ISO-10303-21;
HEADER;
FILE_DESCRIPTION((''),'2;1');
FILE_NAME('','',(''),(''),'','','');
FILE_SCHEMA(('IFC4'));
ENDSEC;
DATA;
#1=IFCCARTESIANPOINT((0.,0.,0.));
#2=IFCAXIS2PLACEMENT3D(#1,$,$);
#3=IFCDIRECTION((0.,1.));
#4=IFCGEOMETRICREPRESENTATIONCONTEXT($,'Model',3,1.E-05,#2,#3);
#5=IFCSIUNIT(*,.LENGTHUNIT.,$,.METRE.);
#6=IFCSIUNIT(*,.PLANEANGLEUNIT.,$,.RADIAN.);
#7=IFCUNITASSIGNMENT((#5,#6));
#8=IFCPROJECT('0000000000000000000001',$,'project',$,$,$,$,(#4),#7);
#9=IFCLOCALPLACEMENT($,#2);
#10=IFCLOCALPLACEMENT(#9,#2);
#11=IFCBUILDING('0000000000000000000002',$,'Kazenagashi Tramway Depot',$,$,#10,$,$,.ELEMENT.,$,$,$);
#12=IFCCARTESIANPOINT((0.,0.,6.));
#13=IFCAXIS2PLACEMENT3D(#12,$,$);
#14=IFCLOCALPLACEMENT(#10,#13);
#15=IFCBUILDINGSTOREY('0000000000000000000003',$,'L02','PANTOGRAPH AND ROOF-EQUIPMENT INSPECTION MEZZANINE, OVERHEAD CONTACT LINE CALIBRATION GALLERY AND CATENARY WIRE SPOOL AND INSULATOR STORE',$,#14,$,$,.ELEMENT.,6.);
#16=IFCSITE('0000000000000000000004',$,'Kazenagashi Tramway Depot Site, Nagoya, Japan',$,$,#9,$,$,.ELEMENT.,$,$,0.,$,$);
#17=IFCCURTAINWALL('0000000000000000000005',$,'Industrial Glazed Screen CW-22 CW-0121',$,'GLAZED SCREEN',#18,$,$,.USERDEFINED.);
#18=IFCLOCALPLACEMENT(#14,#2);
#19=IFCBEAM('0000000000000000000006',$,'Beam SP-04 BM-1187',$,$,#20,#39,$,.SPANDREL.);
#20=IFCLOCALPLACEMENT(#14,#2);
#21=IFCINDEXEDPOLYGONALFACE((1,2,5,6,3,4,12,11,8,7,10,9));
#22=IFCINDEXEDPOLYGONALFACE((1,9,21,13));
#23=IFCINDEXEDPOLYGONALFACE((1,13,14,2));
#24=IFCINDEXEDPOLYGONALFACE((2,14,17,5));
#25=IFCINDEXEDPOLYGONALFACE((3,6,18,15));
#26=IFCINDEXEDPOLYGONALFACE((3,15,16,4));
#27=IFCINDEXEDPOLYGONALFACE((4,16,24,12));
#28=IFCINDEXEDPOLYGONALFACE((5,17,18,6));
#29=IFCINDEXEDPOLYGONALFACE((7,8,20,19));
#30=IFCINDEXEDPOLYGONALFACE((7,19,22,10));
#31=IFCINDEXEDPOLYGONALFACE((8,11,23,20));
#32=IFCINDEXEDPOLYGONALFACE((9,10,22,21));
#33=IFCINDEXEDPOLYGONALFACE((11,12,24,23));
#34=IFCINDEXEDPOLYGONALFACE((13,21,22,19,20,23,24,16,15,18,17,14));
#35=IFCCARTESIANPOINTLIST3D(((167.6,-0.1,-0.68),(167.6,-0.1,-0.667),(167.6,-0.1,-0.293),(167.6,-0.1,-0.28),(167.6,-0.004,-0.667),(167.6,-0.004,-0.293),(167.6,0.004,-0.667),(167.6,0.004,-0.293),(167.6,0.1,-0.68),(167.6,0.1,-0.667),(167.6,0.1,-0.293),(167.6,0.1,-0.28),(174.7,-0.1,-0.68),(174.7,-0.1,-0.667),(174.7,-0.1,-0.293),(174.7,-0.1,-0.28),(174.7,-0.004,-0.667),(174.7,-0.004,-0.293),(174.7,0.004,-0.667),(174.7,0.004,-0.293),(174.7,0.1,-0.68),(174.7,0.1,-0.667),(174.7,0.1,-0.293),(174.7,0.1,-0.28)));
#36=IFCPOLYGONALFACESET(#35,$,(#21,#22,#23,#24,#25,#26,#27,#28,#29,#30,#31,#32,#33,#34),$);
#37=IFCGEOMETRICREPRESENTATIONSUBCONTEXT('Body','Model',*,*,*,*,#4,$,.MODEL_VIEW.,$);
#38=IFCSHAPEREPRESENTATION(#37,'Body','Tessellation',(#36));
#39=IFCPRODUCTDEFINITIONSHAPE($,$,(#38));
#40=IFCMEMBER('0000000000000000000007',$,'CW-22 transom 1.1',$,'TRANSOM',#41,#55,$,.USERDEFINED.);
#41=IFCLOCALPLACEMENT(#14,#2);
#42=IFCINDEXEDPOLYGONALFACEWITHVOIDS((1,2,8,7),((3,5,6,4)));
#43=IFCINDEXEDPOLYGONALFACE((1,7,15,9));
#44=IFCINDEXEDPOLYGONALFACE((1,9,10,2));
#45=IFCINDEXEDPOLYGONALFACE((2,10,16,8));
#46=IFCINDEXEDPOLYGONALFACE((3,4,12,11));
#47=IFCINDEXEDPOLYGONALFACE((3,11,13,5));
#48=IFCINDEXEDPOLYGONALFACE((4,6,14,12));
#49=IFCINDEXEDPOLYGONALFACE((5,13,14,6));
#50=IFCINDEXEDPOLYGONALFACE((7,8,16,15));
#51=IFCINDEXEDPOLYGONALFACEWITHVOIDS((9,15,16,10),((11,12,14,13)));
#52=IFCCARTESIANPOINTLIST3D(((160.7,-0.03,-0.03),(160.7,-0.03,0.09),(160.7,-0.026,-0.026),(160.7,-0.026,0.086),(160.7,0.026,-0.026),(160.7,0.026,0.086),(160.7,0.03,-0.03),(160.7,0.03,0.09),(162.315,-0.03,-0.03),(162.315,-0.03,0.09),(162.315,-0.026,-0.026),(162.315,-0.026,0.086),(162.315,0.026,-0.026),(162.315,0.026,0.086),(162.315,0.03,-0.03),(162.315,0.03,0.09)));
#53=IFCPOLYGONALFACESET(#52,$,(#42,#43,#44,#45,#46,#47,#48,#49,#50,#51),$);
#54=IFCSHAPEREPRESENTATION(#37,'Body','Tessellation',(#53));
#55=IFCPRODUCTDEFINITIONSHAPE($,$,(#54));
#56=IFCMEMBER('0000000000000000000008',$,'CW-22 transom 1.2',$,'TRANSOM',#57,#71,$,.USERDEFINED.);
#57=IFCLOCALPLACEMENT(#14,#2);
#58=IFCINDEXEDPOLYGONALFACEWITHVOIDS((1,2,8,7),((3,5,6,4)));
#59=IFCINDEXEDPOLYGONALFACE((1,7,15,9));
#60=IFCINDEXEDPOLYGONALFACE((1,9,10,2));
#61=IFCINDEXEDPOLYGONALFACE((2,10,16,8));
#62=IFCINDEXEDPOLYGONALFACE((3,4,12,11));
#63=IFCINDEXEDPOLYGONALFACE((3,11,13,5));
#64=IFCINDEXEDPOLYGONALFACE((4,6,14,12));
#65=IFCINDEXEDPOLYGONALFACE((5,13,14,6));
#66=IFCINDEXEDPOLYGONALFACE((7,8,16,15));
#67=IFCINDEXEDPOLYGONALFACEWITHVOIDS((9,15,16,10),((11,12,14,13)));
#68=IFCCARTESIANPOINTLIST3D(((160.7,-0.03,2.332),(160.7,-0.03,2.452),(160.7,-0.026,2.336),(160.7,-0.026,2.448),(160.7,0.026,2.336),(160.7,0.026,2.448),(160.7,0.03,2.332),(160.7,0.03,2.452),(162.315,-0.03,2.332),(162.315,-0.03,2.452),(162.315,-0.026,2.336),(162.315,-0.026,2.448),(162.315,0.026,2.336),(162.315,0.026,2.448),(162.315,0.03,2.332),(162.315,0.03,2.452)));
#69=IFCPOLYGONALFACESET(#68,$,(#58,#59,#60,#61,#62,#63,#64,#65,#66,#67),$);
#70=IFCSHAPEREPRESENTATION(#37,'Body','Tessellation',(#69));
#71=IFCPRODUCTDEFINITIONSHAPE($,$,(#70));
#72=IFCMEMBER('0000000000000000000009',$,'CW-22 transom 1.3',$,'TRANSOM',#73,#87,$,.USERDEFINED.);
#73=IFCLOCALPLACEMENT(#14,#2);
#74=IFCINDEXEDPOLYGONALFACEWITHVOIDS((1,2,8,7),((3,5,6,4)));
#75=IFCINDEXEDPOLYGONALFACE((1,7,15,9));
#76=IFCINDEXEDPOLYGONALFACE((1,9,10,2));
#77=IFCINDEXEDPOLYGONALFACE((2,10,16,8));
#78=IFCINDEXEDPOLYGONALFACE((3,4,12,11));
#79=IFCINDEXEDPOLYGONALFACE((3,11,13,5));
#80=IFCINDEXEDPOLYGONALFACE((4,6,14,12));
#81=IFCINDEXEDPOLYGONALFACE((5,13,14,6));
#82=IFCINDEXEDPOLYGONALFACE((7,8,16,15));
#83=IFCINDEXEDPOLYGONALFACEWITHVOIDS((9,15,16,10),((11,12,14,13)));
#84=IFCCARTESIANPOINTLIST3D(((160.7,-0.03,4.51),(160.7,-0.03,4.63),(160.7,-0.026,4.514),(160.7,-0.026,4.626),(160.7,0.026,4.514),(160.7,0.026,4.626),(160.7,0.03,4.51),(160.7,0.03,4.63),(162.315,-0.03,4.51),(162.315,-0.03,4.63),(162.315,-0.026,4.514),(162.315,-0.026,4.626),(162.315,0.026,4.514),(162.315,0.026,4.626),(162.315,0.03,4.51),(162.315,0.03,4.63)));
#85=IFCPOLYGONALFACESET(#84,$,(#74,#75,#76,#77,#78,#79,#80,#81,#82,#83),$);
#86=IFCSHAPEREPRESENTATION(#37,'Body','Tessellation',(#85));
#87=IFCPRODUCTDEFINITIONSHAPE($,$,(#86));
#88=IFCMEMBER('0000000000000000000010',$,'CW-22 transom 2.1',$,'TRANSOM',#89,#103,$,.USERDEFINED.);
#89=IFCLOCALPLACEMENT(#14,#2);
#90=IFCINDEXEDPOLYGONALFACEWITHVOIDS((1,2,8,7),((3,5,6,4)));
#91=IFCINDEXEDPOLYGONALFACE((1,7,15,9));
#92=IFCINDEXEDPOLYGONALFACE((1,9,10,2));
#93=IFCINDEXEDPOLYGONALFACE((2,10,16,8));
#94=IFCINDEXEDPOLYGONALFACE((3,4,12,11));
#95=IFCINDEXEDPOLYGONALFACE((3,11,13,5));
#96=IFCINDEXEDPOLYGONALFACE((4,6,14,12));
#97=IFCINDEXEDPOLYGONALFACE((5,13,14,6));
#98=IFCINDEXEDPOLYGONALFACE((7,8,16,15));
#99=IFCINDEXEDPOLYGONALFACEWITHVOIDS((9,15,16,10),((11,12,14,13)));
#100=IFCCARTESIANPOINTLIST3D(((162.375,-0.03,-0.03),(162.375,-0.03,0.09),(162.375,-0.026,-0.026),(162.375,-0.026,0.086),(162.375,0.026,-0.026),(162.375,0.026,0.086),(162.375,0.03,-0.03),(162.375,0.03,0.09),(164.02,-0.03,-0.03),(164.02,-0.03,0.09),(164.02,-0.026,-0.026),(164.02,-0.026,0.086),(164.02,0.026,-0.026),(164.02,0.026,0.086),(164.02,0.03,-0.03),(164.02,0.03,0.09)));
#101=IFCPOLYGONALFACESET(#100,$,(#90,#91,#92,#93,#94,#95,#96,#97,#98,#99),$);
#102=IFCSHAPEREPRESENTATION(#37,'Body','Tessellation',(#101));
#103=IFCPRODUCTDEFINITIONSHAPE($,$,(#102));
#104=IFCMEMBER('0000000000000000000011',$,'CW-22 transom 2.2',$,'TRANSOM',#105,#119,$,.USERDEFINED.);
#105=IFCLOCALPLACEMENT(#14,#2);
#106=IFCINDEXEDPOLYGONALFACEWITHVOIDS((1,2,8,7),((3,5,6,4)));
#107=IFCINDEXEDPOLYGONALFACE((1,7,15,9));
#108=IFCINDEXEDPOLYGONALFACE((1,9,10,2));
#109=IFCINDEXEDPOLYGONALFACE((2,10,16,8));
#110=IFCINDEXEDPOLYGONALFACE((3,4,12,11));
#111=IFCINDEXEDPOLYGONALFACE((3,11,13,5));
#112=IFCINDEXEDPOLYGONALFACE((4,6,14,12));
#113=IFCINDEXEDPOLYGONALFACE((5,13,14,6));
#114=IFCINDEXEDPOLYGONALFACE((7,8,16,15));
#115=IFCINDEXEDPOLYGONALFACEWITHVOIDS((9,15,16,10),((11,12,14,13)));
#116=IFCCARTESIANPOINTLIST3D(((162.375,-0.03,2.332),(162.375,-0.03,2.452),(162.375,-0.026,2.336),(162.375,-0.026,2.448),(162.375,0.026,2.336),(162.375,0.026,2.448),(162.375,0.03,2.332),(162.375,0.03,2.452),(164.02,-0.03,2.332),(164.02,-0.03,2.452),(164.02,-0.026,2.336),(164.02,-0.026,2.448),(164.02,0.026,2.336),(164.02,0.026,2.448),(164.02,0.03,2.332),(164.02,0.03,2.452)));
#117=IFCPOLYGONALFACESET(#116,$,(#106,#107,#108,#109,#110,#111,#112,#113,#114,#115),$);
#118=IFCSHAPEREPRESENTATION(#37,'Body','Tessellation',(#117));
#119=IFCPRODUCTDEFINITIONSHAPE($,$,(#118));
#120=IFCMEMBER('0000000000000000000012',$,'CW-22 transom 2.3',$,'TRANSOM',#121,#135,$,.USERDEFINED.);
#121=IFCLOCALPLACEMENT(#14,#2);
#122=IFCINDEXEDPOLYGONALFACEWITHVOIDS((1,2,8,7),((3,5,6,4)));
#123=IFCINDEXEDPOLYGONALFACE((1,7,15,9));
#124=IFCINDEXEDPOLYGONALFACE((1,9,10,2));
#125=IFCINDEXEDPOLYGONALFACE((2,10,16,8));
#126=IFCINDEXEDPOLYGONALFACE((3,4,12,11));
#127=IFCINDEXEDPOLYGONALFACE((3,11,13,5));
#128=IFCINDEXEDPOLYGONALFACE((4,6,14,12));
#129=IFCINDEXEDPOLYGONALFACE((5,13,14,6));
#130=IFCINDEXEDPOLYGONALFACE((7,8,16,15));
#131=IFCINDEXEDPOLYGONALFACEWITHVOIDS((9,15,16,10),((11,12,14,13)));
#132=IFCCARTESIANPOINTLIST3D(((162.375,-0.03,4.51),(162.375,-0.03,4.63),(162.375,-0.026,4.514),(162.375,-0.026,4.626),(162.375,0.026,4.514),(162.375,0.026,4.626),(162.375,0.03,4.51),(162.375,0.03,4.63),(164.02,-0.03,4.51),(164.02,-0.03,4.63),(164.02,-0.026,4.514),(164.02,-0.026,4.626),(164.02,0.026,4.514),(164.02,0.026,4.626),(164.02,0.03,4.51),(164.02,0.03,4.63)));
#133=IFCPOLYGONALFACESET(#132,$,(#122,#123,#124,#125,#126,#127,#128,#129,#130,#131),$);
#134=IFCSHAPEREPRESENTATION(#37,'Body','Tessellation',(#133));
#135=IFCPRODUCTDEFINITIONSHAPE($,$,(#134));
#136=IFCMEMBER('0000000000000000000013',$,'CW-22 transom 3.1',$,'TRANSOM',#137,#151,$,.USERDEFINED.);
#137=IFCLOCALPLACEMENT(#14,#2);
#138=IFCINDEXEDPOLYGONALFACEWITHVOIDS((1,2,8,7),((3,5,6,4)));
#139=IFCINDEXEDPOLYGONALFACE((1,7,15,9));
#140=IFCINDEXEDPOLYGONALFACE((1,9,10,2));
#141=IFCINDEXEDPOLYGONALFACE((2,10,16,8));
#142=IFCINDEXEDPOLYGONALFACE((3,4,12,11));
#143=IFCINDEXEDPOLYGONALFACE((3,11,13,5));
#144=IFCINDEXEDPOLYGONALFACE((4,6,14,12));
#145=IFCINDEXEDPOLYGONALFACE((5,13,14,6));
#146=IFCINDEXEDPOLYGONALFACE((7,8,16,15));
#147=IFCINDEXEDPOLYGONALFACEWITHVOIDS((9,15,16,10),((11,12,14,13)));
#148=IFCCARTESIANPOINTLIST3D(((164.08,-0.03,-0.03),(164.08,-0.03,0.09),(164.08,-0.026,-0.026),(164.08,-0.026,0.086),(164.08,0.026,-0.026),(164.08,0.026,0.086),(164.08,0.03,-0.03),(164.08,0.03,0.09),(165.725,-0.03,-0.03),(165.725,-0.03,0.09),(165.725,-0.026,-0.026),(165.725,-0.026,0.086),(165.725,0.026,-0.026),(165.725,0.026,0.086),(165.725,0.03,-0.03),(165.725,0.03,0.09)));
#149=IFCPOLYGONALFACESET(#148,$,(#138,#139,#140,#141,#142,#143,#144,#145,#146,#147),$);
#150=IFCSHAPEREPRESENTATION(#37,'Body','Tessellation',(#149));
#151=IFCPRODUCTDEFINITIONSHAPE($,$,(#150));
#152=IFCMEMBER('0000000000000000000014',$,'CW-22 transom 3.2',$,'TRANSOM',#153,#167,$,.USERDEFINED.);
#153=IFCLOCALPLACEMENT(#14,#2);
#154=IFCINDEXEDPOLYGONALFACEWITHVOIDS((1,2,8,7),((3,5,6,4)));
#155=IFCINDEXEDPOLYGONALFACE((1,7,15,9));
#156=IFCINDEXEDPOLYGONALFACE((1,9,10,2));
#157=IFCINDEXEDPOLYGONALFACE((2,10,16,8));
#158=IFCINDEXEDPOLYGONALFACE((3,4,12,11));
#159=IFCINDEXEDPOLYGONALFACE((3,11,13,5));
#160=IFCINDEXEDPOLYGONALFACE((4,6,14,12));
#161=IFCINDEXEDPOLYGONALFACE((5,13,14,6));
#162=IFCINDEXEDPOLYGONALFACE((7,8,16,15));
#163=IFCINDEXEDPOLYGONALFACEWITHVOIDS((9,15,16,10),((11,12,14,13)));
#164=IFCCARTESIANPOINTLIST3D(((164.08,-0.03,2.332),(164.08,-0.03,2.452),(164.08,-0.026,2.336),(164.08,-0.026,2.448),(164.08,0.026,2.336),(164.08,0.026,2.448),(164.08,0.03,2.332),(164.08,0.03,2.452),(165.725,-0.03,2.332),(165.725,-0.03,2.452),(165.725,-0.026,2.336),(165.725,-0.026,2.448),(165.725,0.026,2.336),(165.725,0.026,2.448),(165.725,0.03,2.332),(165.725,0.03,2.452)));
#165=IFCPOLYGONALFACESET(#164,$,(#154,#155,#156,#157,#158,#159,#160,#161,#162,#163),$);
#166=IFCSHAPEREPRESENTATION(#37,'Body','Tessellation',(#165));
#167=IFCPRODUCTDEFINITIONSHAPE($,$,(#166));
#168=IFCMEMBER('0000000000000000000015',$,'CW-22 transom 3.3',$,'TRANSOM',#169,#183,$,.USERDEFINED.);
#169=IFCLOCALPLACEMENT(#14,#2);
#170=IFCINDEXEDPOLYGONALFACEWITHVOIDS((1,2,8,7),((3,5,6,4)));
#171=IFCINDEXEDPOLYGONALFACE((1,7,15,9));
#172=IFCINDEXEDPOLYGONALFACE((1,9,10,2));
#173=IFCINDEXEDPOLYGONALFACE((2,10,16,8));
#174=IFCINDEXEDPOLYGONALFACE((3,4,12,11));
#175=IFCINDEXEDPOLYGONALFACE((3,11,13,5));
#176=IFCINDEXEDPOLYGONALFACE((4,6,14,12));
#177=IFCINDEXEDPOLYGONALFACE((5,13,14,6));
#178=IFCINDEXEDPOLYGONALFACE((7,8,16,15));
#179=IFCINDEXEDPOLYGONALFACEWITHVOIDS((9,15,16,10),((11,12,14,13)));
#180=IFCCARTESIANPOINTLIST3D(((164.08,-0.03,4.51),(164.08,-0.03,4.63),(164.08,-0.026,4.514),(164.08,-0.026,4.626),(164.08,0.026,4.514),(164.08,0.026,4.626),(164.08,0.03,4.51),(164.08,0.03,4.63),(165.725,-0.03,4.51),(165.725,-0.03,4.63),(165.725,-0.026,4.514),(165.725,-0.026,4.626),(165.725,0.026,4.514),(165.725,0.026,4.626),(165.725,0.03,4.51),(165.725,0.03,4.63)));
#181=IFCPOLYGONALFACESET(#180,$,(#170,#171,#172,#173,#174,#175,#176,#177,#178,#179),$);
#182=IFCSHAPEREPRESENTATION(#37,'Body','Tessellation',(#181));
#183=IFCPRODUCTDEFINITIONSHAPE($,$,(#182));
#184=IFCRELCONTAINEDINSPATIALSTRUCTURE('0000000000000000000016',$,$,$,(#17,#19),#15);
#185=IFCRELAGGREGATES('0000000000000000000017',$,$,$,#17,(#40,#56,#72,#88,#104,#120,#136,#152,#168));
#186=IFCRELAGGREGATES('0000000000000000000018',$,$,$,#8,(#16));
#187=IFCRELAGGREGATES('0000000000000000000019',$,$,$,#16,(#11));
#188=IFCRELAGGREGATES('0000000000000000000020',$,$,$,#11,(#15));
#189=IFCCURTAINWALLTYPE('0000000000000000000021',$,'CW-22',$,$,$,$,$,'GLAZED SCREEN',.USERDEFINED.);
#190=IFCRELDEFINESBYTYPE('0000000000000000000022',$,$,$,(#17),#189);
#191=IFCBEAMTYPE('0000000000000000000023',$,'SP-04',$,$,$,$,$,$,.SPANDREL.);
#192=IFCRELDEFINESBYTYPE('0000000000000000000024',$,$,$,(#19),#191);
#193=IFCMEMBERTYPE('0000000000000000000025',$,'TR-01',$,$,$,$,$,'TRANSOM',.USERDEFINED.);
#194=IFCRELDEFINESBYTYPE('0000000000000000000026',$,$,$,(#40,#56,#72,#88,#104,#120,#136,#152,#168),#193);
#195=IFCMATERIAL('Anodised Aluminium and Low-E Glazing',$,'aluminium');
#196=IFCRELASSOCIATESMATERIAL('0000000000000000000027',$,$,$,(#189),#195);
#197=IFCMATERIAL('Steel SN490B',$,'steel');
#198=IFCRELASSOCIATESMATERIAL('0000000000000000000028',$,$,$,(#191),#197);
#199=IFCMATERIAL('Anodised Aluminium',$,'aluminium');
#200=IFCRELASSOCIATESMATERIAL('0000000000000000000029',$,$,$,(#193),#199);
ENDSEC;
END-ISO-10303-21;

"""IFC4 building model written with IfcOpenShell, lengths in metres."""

from ifc_helpers import new_model, si_unit, direction, frame, origin, origin_2d, place, context, subcontext, project, spatial, hollow_rectangle, i_section, extrude, material, material_profile, profile_set, type_object, element, aggregate, save


model = new_model("IFC4")

# Units and contexts
model_context = context("Model", 3, precision=1e-05, world=origin(), true_north=direction((0.0, 1.0)))
body_context = subcontext(model_context, "Body", "Model", "MODEL_VIEW")
ifc_project = project(units=[si_unit("LENGTHUNIT", "METRE"), si_unit("PLANEANGLEUNIT", "RADIAN")], contexts=[model_context])

# Site, building, storey
site_placement = place(None, origin())
site = spatial("IfcSite", under=ifc_project, at=site_placement, Name="Kazenagashi Tramway Depot Site, Nagoya, Japan", CompositionType="ELEMENT", RefElevation=0.0)
building_placement = place(site_placement, origin())
building = spatial("IfcBuilding", under=site, at=building_placement, Name="Kazenagashi Tramway Depot", CompositionType="ELEMENT")
storey_placement = place(building_placement, frame((0.0, 0.0, 6.0)))
storey = spatial("IfcBuildingStorey", under=building, at=storey_placement, Name="L02", Description="PANTOGRAPH AND ROOF-EQUIPMENT INSPECTION MEZZANINE, OVERHEAD CONTACT LINE CALIBRATION GALLERY AND CATENARY WIRE SPOOL AND INSULATOR STORE", CompositionType="ELEMENT", Elevation=6.0)

# Shared definitions
ifc_material_1 = material(Name="Steel SN490B", Category="steel")

# Curtain wall
ifc_material_2 = material(Name="Anodised Aluminium and Low-E Glazing", Category="aluminium")
curtain_wall_type = type_object("IfcCurtainWallType", Name="CW-22", ElementType="GLAZED SCREEN", PredefinedType="USERDEFINED", material=ifc_material_2)
curtain_wall_1_placement = place(storey_placement, origin())
curtain_wall_1 = element("IfcCurtainWall", 1, at=curtain_wall_1_placement, inside=storey, type_object=curtain_wall_type, Name="Industrial Glazed Screen CW-22 CW-0121", ObjectType="GLAZED SCREEN", PredefinedType="USERDEFINED")
ifc_material_3 = material(Name="Anodised Aluminium", Category="aluminium")

# Beam
ifc_material_profile_1 = material_profile(ifc_material_1, i_section(OverallWidth=0.2, OverallDepth=0.4, WebThickness=0.008, FlangeThickness=0.013, at=origin_2d()), Name="H-400x200x8x13")
ifc_profile_set_1 = profile_set([ifc_material_profile_1], Name="Steel SN490B")
beam_type_1 = type_object("IfcBeamType", Name="SP-04", PredefinedType="SPANDREL", material=ifc_profile_set_1)
for number, where, z_axis, x_axis, name in (
    (2, (167.6, 0.0, -0.48), (1.0, 0.0, 0.0), (0.0, 1.0, 0.0), "Beam SP-04 BM-1187"),
):
    element("IfcBeam", number, at=place(storey_placement, frame(where, z_axis=z_axis, x_axis=x_axis)), inside=storey, type_object=beam_type_1, Name=name, PredefinedType="SPANDREL", context=body_context, shape_type="SweptSolid", body=[
        extrude(i_section(OverallWidth=0.2, OverallDepth=0.4, WebThickness=0.008, FlangeThickness=0.013, at=origin_2d()), origin(), (0.0, 0.0, 1.0), 7.1),
    ])

# Members
ifc_material_profile_2 = material_profile(ifc_material_3, hollow_rectangle(XDim=0.06, YDim=0.12, WallThickness=0.004, at=origin_2d()), Name="RHS-120x60x4")
ifc_profile_set_2 = profile_set([ifc_material_profile_2], Name="Anodised Aluminium")
member_type_1 = type_object("IfcMemberType", Name="TR-01", ElementType="TRANSOM", PredefinedType="USERDEFINED", material=ifc_profile_set_2)
member_1_placement = place(storey_placement, frame((160.7, 0.0, 0.03), z_axis=(1.0, 0.0, 0.0), x_axis=(0.0, 1.0, 0.0)))
member_1 = element("IfcMember", 3, at=member_1_placement, type_object=member_type_1, Name="CW-22 transom 1.1", ObjectType="TRANSOM", PredefinedType="USERDEFINED", context=body_context, shape_type="SweptSolid", body=[
    extrude(hollow_rectangle(XDim=0.06, YDim=0.12, WallThickness=0.004, at=origin_2d()), origin(), (0.0, 0.0, 1.0), 1.615),
])
member_2_placement = place(storey_placement, frame((160.7, 0.0, 2.392), z_axis=(1.0, 0.0, 0.0), x_axis=(0.0, 1.0, 0.0)))
member_2 = element("IfcMember", 4, at=member_2_placement, type_object=member_type_1, Name="CW-22 transom 1.2", ObjectType="TRANSOM", PredefinedType="USERDEFINED", context=body_context, shape_type="SweptSolid", body=[
    extrude(hollow_rectangle(XDim=0.06, YDim=0.12, WallThickness=0.004, at=origin_2d()), origin(), (0.0, 0.0, 1.0), 1.615),
])
member_3_placement = place(storey_placement, frame((160.7, 0.0, 4.57), z_axis=(1.0, 0.0, 0.0), x_axis=(0.0, 1.0, 0.0)))
member_3 = element("IfcMember", 5, at=member_3_placement, type_object=member_type_1, Name="CW-22 transom 1.3", ObjectType="TRANSOM", PredefinedType="USERDEFINED", context=body_context, shape_type="SweptSolid", body=[
    extrude(hollow_rectangle(XDim=0.06, YDim=0.12, WallThickness=0.004, at=origin_2d()), origin(), (0.0, 0.0, 1.0), 1.615),
])
member_4_placement = place(storey_placement, frame((162.375, 0.0, 0.03), z_axis=(1.0, 0.0, 0.0), x_axis=(0.0, 1.0, 0.0)))
member_4 = element("IfcMember", 6, at=member_4_placement, type_object=member_type_1, Name="CW-22 transom 2.1", ObjectType="TRANSOM", PredefinedType="USERDEFINED", context=body_context, shape_type="SweptSolid", body=[
    extrude(hollow_rectangle(XDim=0.06, YDim=0.12, WallThickness=0.004, at=origin_2d()), origin(), (0.0, 0.0, 1.0), 1.645),
])
member_5_placement = place(storey_placement, frame((162.375, 0.0, 2.392), z_axis=(1.0, 0.0, 0.0), x_axis=(0.0, 1.0, 0.0)))
member_5 = element("IfcMember", 7, at=member_5_placement, type_object=member_type_1, Name="CW-22 transom 2.2", ObjectType="TRANSOM", PredefinedType="USERDEFINED", context=body_context, shape_type="SweptSolid", body=[
    extrude(hollow_rectangle(XDim=0.06, YDim=0.12, WallThickness=0.004, at=origin_2d()), origin(), (0.0, 0.0, 1.0), 1.645),
])
member_6_placement = place(storey_placement, frame((162.375, 0.0, 4.57), z_axis=(1.0, 0.0, 0.0), x_axis=(0.0, 1.0, 0.0)))
member_6 = element("IfcMember", 8, at=member_6_placement, type_object=member_type_1, Name="CW-22 transom 2.3", ObjectType="TRANSOM", PredefinedType="USERDEFINED", context=body_context, shape_type="SweptSolid", body=[
    extrude(hollow_rectangle(XDim=0.06, YDim=0.12, WallThickness=0.004, at=origin_2d()), origin(), (0.0, 0.0, 1.0), 1.645),
])
member_7_placement = place(storey_placement, frame((164.08, 0.0, 0.03), z_axis=(1.0, 0.0, 0.0), x_axis=(0.0, 1.0, 0.0)))
member_7 = element("IfcMember", 9, at=member_7_placement, type_object=member_type_1, Name="CW-22 transom 3.1", ObjectType="TRANSOM", PredefinedType="USERDEFINED", context=body_context, shape_type="SweptSolid", body=[
    extrude(hollow_rectangle(XDim=0.06, YDim=0.12, WallThickness=0.004, at=origin_2d()), origin(), (0.0, 0.0, 1.0), 1.645),
])
member_8_placement = place(storey_placement, frame((164.08, 0.0, 2.392), z_axis=(1.0, 0.0, 0.0), x_axis=(0.0, 1.0, 0.0)))
member_8 = element("IfcMember", 10, at=member_8_placement, type_object=member_type_1, Name="CW-22 transom 3.2", ObjectType="TRANSOM", PredefinedType="USERDEFINED", context=body_context, shape_type="SweptSolid", body=[
    extrude(hollow_rectangle(XDim=0.06, YDim=0.12, WallThickness=0.004, at=origin_2d()), origin(), (0.0, 0.0, 1.0), 1.645),
])
member_9_placement = place(storey_placement, frame((164.08, 0.0, 4.57), z_axis=(1.0, 0.0, 0.0), x_axis=(0.0, 1.0, 0.0)))
member_9 = element("IfcMember", 11, at=member_9_placement, type_object=member_type_1, Name="CW-22 transom 3.3", ObjectType="TRANSOM", PredefinedType="USERDEFINED", context=body_context, shape_type="SweptSolid", body=[
    extrude(hollow_rectangle(XDim=0.06, YDim=0.12, WallThickness=0.004, at=origin_2d()), origin(), (0.0, 0.0, 1.0), 1.645),
])

aggregate(curtain_wall_1, [member_1, member_2, member_3, member_4, member_5, member_6, member_7, member_8, member_9])

save(model, "model.ifc")
